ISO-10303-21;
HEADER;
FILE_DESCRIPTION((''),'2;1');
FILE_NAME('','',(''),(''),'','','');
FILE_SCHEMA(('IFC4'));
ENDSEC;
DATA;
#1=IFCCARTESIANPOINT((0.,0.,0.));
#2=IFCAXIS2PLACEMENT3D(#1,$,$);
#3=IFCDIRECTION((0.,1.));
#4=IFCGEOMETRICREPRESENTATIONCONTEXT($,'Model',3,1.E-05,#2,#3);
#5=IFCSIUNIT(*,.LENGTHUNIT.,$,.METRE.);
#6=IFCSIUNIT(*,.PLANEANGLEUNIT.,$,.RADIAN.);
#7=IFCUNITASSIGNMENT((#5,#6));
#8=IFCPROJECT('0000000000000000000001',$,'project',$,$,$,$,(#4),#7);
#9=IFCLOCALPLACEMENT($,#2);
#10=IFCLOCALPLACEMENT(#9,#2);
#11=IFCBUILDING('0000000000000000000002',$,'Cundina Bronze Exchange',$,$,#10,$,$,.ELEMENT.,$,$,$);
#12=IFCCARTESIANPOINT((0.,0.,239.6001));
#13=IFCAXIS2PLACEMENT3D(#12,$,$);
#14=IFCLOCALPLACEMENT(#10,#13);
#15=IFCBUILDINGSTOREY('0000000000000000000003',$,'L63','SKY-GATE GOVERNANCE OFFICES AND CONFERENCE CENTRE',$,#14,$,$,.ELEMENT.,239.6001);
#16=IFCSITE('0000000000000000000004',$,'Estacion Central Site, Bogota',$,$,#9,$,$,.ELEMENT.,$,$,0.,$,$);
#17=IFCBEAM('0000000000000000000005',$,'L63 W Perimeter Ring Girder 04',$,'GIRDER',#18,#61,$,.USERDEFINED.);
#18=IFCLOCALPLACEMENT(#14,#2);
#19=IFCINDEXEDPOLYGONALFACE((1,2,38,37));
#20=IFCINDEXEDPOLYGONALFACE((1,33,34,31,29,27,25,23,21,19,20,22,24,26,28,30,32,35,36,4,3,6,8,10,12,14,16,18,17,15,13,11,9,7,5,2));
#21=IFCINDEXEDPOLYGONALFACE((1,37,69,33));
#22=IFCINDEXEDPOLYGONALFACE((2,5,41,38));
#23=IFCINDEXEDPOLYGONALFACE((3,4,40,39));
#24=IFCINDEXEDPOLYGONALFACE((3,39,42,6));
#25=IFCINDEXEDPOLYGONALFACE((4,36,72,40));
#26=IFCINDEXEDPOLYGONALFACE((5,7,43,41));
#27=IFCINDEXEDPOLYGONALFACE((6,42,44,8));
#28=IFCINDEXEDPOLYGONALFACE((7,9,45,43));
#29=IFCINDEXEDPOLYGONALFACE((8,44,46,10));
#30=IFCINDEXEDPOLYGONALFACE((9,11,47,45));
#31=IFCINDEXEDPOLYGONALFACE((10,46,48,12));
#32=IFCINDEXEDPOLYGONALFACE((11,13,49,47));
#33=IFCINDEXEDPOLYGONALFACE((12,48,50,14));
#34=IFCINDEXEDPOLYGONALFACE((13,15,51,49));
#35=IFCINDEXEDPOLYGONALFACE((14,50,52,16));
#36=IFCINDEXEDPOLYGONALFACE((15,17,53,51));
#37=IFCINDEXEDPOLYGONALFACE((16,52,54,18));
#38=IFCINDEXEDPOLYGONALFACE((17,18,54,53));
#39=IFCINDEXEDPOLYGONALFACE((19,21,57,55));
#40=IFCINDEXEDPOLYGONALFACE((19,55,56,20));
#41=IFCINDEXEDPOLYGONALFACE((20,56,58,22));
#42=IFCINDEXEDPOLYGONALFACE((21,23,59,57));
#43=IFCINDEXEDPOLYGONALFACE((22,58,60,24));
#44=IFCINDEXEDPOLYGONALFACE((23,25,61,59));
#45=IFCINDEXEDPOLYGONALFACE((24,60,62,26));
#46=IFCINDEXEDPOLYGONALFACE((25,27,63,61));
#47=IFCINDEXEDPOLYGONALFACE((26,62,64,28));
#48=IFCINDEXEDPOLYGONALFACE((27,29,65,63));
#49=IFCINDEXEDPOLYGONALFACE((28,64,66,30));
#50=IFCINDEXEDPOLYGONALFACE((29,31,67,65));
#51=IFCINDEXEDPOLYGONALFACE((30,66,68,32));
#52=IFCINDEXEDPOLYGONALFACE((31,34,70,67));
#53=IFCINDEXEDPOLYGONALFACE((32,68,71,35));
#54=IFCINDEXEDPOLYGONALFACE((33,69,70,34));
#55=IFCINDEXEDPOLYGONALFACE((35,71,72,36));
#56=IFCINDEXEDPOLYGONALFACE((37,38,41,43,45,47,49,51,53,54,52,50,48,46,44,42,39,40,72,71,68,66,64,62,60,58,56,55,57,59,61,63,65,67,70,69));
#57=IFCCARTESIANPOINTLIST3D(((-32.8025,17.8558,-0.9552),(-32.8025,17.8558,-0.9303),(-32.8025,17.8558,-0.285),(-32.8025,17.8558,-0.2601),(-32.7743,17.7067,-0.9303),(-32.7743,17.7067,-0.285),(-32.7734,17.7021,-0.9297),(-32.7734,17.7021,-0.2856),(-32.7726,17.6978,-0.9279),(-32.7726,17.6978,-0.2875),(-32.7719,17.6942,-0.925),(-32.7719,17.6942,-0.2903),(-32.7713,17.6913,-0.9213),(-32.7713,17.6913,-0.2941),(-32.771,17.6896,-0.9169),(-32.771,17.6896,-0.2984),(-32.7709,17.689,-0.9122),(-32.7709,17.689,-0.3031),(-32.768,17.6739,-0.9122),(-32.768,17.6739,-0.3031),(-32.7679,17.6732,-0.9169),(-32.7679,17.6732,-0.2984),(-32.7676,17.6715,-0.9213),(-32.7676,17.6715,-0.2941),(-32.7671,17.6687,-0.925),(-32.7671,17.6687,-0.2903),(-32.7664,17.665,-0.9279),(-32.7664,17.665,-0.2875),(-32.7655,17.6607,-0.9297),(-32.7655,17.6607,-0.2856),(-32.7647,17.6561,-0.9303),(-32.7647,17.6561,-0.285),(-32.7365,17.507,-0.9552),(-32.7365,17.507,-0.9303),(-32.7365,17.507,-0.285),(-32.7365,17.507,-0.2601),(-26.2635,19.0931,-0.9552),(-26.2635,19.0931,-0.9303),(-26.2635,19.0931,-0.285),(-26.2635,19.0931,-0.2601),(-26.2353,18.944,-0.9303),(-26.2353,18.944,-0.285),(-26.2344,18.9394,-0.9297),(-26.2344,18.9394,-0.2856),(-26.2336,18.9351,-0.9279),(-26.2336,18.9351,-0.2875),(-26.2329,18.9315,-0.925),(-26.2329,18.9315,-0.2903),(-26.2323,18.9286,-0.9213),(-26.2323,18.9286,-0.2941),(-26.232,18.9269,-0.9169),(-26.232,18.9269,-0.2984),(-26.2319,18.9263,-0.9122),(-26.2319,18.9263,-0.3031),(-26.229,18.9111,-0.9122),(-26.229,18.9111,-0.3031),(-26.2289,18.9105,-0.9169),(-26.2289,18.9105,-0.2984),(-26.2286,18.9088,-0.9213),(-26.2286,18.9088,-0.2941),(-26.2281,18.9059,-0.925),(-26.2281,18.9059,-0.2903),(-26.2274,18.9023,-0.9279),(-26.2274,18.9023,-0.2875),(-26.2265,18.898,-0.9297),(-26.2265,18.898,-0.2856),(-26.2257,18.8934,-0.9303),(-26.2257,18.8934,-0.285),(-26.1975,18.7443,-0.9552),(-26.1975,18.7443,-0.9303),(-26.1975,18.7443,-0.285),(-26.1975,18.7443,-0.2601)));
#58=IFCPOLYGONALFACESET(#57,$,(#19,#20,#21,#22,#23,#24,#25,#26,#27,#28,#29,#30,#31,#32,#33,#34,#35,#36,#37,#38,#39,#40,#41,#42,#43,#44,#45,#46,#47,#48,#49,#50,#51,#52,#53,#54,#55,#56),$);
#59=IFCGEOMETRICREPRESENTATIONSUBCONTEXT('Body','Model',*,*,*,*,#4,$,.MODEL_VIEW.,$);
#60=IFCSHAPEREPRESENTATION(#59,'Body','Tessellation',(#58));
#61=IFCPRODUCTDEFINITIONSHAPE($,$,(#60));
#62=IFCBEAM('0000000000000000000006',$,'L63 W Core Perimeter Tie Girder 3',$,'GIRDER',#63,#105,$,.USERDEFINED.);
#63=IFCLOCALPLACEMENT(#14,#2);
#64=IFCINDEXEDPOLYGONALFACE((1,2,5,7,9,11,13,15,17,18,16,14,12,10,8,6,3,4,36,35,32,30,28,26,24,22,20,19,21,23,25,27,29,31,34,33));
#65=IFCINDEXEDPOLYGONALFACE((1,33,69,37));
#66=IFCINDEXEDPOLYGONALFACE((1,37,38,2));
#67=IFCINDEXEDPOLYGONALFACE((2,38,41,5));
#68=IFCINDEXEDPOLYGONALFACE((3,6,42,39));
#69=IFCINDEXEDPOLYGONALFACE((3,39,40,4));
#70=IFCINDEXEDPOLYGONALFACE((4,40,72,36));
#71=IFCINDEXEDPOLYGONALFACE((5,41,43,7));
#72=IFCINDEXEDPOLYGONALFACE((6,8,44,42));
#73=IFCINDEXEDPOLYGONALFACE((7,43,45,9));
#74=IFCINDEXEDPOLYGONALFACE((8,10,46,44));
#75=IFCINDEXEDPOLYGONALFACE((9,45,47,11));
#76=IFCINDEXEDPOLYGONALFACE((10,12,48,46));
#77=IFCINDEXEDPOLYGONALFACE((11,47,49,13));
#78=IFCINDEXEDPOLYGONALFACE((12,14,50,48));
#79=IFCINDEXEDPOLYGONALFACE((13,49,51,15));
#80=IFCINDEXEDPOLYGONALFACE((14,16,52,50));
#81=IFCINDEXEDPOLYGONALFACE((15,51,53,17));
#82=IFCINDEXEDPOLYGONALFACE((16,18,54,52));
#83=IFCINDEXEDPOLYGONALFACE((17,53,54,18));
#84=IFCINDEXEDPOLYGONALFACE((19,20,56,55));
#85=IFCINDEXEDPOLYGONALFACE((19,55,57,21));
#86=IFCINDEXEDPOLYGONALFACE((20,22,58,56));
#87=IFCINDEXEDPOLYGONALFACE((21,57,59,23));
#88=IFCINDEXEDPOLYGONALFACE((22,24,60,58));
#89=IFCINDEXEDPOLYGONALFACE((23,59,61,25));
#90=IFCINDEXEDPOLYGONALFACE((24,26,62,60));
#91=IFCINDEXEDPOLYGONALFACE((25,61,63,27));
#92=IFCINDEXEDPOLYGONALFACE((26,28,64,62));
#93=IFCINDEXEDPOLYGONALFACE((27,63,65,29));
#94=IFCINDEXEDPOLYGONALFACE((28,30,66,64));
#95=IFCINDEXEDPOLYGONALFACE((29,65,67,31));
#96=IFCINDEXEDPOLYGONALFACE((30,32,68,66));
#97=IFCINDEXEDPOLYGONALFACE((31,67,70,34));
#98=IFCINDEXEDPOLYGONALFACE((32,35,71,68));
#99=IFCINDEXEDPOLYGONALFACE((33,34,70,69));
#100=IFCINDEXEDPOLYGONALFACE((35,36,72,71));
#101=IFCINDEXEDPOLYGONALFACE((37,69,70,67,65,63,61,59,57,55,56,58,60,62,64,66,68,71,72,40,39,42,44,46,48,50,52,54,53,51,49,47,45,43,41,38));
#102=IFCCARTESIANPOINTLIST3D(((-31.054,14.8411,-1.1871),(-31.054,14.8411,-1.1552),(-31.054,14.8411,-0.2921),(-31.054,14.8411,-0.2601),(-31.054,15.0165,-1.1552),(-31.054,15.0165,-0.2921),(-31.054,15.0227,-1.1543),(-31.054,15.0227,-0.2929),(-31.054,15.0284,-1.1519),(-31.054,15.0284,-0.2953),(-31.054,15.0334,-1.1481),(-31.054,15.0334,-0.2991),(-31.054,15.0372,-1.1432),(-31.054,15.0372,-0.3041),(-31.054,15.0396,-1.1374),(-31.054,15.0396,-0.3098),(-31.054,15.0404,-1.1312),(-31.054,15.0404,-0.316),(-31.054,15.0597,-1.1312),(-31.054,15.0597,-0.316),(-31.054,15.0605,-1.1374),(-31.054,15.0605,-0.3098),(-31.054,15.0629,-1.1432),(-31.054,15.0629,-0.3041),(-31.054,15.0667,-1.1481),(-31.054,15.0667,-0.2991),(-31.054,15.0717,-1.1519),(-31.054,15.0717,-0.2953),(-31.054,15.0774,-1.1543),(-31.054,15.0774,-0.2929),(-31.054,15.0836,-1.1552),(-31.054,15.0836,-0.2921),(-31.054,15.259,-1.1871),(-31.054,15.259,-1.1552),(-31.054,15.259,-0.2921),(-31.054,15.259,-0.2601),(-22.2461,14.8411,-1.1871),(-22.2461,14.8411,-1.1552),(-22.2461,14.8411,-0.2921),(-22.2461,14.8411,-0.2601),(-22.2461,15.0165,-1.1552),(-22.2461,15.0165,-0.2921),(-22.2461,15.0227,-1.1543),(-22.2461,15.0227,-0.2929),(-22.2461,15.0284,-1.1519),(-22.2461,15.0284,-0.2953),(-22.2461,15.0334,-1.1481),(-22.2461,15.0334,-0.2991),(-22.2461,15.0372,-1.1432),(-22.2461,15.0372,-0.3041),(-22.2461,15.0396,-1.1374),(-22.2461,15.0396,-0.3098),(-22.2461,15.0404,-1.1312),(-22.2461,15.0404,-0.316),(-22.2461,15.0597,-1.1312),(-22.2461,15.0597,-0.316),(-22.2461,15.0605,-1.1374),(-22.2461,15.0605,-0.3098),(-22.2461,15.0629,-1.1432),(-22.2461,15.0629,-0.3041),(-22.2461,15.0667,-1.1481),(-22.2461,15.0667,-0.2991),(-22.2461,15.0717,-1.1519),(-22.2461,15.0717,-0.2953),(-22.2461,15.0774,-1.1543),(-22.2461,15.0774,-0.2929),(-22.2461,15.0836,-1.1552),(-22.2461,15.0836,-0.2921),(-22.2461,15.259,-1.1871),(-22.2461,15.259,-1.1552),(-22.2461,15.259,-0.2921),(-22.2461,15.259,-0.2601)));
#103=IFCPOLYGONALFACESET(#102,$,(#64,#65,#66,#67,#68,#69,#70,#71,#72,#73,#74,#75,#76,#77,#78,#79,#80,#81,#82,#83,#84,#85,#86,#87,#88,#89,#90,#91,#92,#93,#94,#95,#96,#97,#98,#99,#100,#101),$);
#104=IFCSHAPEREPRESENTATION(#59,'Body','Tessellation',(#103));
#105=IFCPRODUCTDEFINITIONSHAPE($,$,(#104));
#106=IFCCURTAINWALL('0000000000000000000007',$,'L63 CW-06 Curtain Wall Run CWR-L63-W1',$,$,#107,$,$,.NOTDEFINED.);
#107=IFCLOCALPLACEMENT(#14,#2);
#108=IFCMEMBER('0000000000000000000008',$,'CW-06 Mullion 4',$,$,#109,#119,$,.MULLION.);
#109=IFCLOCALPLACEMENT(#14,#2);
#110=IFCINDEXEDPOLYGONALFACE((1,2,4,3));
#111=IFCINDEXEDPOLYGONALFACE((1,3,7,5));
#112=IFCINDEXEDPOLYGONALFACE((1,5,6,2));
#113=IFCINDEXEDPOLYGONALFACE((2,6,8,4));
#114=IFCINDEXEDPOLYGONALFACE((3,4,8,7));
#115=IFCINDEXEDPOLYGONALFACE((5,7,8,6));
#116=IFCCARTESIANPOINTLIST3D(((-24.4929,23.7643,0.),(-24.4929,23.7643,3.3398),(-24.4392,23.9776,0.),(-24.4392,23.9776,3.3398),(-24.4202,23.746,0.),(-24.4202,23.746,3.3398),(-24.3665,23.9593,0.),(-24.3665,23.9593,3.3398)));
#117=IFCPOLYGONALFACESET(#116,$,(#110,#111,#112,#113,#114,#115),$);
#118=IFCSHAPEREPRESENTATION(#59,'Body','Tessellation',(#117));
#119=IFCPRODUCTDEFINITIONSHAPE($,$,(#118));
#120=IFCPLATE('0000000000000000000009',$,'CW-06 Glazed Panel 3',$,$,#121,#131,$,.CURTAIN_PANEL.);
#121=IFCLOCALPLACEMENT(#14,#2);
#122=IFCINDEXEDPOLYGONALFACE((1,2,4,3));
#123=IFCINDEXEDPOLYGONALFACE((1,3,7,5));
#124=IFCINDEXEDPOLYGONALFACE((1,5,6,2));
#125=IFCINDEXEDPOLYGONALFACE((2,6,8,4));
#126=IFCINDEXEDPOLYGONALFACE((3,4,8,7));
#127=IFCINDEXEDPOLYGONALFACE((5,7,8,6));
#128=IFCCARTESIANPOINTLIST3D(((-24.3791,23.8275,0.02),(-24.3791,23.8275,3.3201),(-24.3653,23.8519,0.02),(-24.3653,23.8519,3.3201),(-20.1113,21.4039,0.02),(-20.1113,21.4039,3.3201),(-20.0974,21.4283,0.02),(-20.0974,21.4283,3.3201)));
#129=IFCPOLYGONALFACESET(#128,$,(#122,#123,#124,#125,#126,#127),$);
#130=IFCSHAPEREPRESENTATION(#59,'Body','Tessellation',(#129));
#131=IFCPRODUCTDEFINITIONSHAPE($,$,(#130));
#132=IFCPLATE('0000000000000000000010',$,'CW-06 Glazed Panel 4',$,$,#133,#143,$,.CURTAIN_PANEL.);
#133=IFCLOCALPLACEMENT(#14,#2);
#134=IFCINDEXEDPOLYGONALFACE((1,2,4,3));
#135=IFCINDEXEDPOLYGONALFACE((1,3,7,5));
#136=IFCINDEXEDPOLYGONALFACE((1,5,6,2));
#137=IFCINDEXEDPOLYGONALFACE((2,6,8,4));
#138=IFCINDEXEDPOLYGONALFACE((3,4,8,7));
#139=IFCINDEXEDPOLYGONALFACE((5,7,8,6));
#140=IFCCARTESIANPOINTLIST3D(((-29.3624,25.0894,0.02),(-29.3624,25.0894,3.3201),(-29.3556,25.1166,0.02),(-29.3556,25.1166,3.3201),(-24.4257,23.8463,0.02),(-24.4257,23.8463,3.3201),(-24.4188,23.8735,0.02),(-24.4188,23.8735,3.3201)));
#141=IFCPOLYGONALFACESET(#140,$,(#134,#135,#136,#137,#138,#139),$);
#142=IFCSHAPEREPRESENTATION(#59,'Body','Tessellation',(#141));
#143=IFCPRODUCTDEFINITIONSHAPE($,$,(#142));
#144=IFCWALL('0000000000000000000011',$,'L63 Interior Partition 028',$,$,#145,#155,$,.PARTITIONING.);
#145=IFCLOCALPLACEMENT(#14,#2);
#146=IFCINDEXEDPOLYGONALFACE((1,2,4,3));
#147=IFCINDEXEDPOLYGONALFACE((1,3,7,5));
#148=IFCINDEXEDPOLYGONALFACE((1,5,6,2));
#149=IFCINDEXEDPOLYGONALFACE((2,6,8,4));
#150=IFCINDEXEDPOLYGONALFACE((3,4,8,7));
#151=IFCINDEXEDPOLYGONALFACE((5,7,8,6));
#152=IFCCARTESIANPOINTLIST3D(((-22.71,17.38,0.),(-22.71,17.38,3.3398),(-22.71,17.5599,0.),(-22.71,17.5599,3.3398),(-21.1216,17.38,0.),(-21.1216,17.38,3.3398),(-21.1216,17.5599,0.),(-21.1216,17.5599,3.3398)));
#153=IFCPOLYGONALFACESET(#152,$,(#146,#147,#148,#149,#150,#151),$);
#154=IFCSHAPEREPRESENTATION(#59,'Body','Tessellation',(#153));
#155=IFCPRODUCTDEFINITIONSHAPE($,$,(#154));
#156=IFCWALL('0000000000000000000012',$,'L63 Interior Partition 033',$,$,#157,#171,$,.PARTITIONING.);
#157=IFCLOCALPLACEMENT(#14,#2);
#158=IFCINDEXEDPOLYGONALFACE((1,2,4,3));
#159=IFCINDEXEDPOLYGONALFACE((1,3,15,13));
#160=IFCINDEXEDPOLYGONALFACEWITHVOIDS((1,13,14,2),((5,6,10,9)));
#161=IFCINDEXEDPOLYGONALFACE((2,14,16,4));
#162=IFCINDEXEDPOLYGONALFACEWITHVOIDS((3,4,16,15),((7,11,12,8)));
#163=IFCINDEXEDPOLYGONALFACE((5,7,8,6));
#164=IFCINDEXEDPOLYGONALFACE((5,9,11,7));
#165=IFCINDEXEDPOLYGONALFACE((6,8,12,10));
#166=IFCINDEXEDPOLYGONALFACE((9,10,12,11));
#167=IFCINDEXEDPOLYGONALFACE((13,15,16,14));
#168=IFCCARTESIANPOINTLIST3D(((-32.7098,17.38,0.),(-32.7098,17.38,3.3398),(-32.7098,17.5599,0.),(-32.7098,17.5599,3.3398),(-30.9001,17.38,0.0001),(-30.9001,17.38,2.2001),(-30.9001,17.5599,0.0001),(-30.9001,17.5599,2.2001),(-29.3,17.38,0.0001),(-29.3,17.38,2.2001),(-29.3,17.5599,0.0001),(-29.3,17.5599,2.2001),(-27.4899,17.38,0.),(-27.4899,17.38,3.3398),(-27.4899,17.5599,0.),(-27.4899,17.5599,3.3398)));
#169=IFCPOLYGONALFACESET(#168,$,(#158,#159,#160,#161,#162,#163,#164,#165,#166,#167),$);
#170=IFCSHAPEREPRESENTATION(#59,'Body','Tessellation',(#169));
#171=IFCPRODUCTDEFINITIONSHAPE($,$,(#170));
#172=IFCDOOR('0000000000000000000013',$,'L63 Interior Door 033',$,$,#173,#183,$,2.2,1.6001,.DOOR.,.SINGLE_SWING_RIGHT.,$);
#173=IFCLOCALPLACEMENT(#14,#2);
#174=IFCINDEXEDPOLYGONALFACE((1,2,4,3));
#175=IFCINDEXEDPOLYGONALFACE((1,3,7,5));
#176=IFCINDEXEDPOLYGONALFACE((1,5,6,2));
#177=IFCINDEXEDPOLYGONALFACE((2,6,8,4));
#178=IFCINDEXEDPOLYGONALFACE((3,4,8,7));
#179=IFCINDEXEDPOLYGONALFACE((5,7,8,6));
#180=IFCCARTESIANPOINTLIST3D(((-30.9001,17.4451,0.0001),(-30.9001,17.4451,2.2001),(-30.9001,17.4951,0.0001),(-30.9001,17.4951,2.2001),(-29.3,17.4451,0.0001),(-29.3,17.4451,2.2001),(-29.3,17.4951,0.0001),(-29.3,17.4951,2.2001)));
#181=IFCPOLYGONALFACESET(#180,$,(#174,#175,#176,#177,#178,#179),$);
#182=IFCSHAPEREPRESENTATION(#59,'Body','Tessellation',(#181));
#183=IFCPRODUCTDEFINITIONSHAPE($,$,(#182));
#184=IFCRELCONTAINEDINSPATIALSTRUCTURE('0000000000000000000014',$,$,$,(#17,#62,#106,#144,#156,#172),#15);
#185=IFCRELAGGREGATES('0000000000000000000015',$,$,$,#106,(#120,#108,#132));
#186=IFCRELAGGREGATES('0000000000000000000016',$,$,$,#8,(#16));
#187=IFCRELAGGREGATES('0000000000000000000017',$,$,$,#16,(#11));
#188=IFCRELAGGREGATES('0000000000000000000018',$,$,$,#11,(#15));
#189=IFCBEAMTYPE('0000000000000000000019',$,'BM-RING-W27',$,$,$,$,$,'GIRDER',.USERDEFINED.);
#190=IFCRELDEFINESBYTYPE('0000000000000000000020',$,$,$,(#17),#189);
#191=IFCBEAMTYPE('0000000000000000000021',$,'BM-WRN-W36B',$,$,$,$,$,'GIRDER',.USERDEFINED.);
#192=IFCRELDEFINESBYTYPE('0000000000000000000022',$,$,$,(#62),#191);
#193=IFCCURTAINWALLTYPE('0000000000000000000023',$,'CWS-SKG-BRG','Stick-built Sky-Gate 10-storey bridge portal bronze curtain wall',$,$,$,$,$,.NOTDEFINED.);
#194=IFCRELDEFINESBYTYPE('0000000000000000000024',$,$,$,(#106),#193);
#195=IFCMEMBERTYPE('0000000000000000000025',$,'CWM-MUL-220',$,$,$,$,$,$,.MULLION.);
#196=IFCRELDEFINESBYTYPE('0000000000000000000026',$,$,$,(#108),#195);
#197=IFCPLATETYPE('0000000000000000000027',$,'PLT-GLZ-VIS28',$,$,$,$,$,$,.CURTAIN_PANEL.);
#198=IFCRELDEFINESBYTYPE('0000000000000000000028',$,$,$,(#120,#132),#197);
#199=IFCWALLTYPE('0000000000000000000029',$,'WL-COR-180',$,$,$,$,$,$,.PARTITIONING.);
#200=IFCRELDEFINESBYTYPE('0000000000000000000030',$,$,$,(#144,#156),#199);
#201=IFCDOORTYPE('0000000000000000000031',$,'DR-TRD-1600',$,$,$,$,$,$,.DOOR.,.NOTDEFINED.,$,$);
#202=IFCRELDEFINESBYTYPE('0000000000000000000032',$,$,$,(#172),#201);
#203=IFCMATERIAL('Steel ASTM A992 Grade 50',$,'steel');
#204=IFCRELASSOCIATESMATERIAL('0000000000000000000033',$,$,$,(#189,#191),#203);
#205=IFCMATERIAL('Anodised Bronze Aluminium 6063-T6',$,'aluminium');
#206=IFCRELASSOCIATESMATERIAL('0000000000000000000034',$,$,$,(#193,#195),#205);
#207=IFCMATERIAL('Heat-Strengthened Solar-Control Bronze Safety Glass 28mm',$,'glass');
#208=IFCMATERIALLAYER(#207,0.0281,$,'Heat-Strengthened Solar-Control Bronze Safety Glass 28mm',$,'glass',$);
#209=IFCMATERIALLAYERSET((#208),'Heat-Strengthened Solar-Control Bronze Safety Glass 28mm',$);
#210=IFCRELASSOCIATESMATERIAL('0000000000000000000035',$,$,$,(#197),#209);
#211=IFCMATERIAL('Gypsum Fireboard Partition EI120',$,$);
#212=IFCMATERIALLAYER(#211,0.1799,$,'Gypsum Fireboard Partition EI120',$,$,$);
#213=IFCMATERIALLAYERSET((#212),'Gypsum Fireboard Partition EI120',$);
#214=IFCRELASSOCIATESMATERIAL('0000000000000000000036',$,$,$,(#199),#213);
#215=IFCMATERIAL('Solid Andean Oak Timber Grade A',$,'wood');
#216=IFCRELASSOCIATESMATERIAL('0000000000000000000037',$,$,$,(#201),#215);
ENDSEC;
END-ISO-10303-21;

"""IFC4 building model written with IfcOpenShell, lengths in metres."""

from ifc_helpers import new_model, si_unit, direction, frame, frame_2d, origin, origin_2d, place, context, subcontext, project, spatial, rectangle, i_section, extrude, material, layer, layer_set, material_profile, profile_set, type_object, element, fill, aggregate, save


model = new_model("IFC4")

# Units and contexts
model_context = context("Model", 3, precision=1e-05, world=origin(), true_north=direction((0.0, 1.0)))
body_context = subcontext(model_context, "Body", "Model", "MODEL_VIEW")
ifc_project = project(units=[si_unit("LENGTHUNIT", "METRE"), si_unit("PLANEANGLEUNIT", "RADIAN")], contexts=[model_context])

# Site, building, storey
site_placement = place(None, origin())
site = spatial("IfcSite", under=ifc_project, at=site_placement, Name="Estacion Central Site, Bogota", CompositionType="ELEMENT", RefElevation=0.0)
building_placement = place(site_placement, origin())
building = spatial("IfcBuilding", under=site, at=building_placement, Name="Cundina Bronze Exchange", CompositionType="ELEMENT")
storey_placement = place(building_placement, frame((0.0, 0.0, 239.6001)))
storey = spatial("IfcBuildingStorey", under=building, at=storey_placement, Name="L63", Description="SKY-GATE GOVERNANCE OFFICES AND CONFERENCE CENTRE", CompositionType="ELEMENT", Elevation=239.6001)

# Shared definitions
ifc_material_1 = material(Name="Steel ASTM A992 Grade 50", Category="steel")

# Beams
ifc_material_profile_1 = material_profile(ifc_material_1, i_section(OverallWidth=0.355, OverallDepth=0.6951, WebThickness=0.0154, FlangeThickness=0.0249, FilletRadius=0.0181, at=origin_2d()), Name="W27X146", Category="steel")
ifc_profile_set_1 = profile_set([ifc_material_profile_1], Name="Steel ASTM A992 Grade 50")
beam_type_1 = type_object("IfcBeamType", Name="BM-RING-W27", ElementType="GIRDER", PredefinedType="USERDEFINED", material=ifc_profile_set_1)
beam_1_placement = place(storey_placement, frame((-26.2305, 18.9187, -0.6077), z_axis=(-0.982565, -0.185918, 0.0), x_axis=(0.185918, -0.982565, 0.0)))
element("IfcBeam", 1, at=beam_1_placement, inside=storey, type_object=beam_type_1, Name="L63 W Perimeter Ring Girder 04", ObjectType="GIRDER", PredefinedType="USERDEFINED", context=body_context, shape_type="SweptSolid", body=[
    extrude(i_section(OverallWidth=0.355, OverallDepth=0.6951, WebThickness=0.0154, FlangeThickness=0.0249, FilletRadius=0.0181, at=origin_2d()), origin(), (0.0, 0.0, 1.0), 6.655),
])
ifc_material_profile_2 = material_profile(ifc_material_1, i_section(OverallWidth=0.418, OverallDepth=0.927, WebThickness=0.0193, FlangeThickness=0.032, FilletRadius=0.0239, at=origin_2d()), Name="W36X231", Category="steel")
ifc_profile_set_2 = profile_set([ifc_material_profile_2], Name="Steel ASTM A992 Grade 50")
beam_type_2 = type_object("IfcBeamType", Name="BM-WRN-W36B", ElementType="GIRDER", PredefinedType="USERDEFINED", material=ifc_profile_set_2)
beam_2_placement = place(storey_placement, frame((-22.2461, 15.05, -0.7236), z_axis=(-1.0, 0.0, 0.0), x_axis=(0.0, -1.0, 0.0)))
element("IfcBeam", 2, at=beam_2_placement, inside=storey, type_object=beam_type_2, Name="L63 W Core Perimeter Tie Girder 3", ObjectType="GIRDER", PredefinedType="USERDEFINED", context=body_context, shape_type="SweptSolid", body=[
    extrude(i_section(OverallWidth=0.418, OverallDepth=0.927, WebThickness=0.0193, FlangeThickness=0.032, FilletRadius=0.0239, at=origin_2d()), origin(), (0.0, 0.0, 1.0), 8.8079),
])

# Curtain wall, member, plates
ifc_material_2 = material(Name="Anodised Bronze Aluminium 6063-T6", Category="aluminium")
curtain_wall_type = type_object("IfcCurtainWallType", Name="CWS-SKG-BRG", Description="Stick-built Sky-Gate 10-storey bridge portal bronze curtain wall", PredefinedType="NOTDEFINED", material=ifc_material_2)
curtain_wall_placement = place(storey_placement, origin())
curtain_wall = element("IfcCurtainWall", 3, at=curtain_wall_placement, inside=storey, type_object=curtain_wall_type, Name="L63 CW-06 Curtain Wall Run CWR-L63-W1", PredefinedType="NOTDEFINED")
ifc_material_profile_3 = material_profile(ifc_material_2, rectangle(XDim=0.075, YDim=0.22, at=origin_2d()), Name="AL75X220", Category="aluminium")
ifc_profile_set_3 = profile_set([ifc_material_profile_3], Name="Anodised Bronze Aluminium 6063-T6")
member_type = type_object("IfcMemberType", Name="CWM-MUL-220", PredefinedType="MULLION", material=ifc_profile_set_3)
member_placement = place(storey_placement, frame((-24.4297, 23.8618, 0.0), z_axis=(0.0, 0.0, 1.0), x_axis=(-0.969744, 0.244123, 0.0)))
member = element("IfcMember", 4, at=member_placement, type_object=member_type, Name="CW-06 Mullion 4", PredefinedType="MULLION", context=body_context, shape_type="SweptSolid", body=[
    extrude(rectangle(XDim=0.075, YDim=0.22, at=origin_2d()), origin(), (0.0, 0.0, 1.0), 3.3398),
])
ifc_material_3 = material(Name="Heat-Strengthened Solar-Control Bronze Safety Glass 28mm", Category="glass")
ifc_layer_1 = layer(ifc_material_3, 0.0281, Name="Heat-Strengthened Solar-Control Bronze Safety Glass 28mm", Category="glass")
ifc_layer_set_1 = layer_set([ifc_layer_1], Name="Heat-Strengthened Solar-Control Bronze Safety Glass 28mm")
plate_type = type_object("IfcPlateType", Name="PLT-GLZ-VIS28", PredefinedType="CURTAIN_PANEL", material=ifc_layer_set_1)
plate_1_placement = place(storey_placement, frame((-22.2383, 22.6279, 0.02), z_axis=(0.0, 0.0, 1.0), x_axis=(-0.869573, 0.493805, 0.0)))
plate_1 = element("IfcPlate", 5, at=plate_1_placement, type_object=plate_type, Name="CW-06 Glazed Panel 3", PredefinedType="CURTAIN_PANEL", context=body_context, shape_type="SweptSolid", body=[
    extrude(rectangle(XDim=4.908, YDim=0.0281, at=origin_2d()), origin(), (0.0, 0.0, 1.0), 3.3),
])
plate_2_placement = place(storey_placement, frame((-26.8906, 24.4814, 0.02), z_axis=(0.0, 0.0, 1.0), x_axis=(-0.969732, 0.244174, 0.0)))
plate_2 = element("IfcPlate", 6, at=plate_2_placement, type_object=plate_type, Name="CW-06 Glazed Panel 4", PredefinedType="CURTAIN_PANEL", context=body_context, shape_type="SweptSolid", body=[
    extrude(rectangle(XDim=5.0908, YDim=0.0281, at=origin_2d()), origin(), (0.0, 0.0, 1.0), 3.3),
])
aggregate(curtain_wall, [plate_1, member, plate_2])

# Wall
ifc_material_4 = material(Name="Gypsum Fireboard Partition EI120")
ifc_layer_2 = layer(ifc_material_4, 0.1799, Name="Gypsum Fireboard Partition EI120")
ifc_layer_set_2 = layer_set([ifc_layer_2], Name="Gypsum Fireboard Partition EI120")
wall_type_1 = type_object("IfcWallType", Name="WL-COR-180", PredefinedType="PARTITIONING", material=ifc_layer_set_2)
wall_1_placement = place(storey_placement, frame((-21.1216, 17.47, 0.0), z_axis=(0.0, 0.0, 1.0), x_axis=(-1.0, 0.0, 0.0)))
element("IfcWall", 7, at=wall_1_placement, inside=storey, type_object=wall_type_1, Name="L63 Interior Partition 028", PredefinedType="PARTITIONING", context=body_context, shape_type="SweptSolid", body=[
    extrude(rectangle(XDim=1.5884, YDim=0.1799, at=frame_2d((0.7942, 0.0))), origin(), (0.0, 0.0, 1.0), 3.3398),
])

# Wall, opening, door
ifc_material_5 = material(Name="Solid Andean Oak Timber Grade A", Category="wood")
wall_2_placement = place(storey_placement, frame((-27.49, 17.47, 0.0), z_axis=(0.0, 0.0, 1.0), x_axis=(-1.0, 0.0, 0.0)))
wall_2 = element("IfcWall", 8, at=wall_2_placement, inside=storey, type_object=wall_type_1, Name="L63 Interior Partition 033", PredefinedType="PARTITIONING", context=body_context, shape_type="SweptSolid", body=[
    extrude(rectangle(XDim=5.22, YDim=0.1799, at=frame_2d((2.6099, 0.0))), origin(), (0.0, 0.0, 1.0), 3.3398),
])
opening_1_placement = place(wall_2_placement, frame((1.8101, 0.0, 0.0)))
opening_1 = element("IfcOpeningElement", 9, at=opening_1_placement, cuts=wall_2, PredefinedType="OPENING", context=body_context, shape_type="SweptSolid", body=[
    extrude(rectangle(XDim=1.6001, YDim=2.2, at=frame_2d((0.8, 1.1001))), frame((0.0, 0.0999, 0.0), z_axis=(0.0, -1.0, 0.0), x_axis=(1.0, 0.0, 0.0)), (0.0, 0.0, 1.0), 0.2),
])
door_type_1 = type_object("IfcDoorType", Name="DR-TRD-1600", OperationType="NOTDEFINED", PredefinedType="DOOR", material=ifc_material_5)
door_1_placement = place(opening_1_placement, origin())
door_1 = element("IfcDoor", 10, at=door_1_placement, inside=storey, type_object=door_type_1, Name="L63 Interior Door 033", OperationType="SINGLE_SWING_RIGHT", OverallHeight=2.2, OverallWidth=1.6001, PredefinedType="DOOR", context=body_context, shape_type="SweptSolid", body=[
    extrude(rectangle(XDim=1.6001, YDim=2.2, at=frame_2d((0.8, 1.1001))), frame((0.0, 0.0249, 0.0), z_axis=(0.0, -1.0, 0.0), x_axis=(1.0, 0.0, 0.0)), (0.0, 0.0, 1.0), 0.05),
])
fill(opening_1, door_1)

save(model, "model.ifc")
